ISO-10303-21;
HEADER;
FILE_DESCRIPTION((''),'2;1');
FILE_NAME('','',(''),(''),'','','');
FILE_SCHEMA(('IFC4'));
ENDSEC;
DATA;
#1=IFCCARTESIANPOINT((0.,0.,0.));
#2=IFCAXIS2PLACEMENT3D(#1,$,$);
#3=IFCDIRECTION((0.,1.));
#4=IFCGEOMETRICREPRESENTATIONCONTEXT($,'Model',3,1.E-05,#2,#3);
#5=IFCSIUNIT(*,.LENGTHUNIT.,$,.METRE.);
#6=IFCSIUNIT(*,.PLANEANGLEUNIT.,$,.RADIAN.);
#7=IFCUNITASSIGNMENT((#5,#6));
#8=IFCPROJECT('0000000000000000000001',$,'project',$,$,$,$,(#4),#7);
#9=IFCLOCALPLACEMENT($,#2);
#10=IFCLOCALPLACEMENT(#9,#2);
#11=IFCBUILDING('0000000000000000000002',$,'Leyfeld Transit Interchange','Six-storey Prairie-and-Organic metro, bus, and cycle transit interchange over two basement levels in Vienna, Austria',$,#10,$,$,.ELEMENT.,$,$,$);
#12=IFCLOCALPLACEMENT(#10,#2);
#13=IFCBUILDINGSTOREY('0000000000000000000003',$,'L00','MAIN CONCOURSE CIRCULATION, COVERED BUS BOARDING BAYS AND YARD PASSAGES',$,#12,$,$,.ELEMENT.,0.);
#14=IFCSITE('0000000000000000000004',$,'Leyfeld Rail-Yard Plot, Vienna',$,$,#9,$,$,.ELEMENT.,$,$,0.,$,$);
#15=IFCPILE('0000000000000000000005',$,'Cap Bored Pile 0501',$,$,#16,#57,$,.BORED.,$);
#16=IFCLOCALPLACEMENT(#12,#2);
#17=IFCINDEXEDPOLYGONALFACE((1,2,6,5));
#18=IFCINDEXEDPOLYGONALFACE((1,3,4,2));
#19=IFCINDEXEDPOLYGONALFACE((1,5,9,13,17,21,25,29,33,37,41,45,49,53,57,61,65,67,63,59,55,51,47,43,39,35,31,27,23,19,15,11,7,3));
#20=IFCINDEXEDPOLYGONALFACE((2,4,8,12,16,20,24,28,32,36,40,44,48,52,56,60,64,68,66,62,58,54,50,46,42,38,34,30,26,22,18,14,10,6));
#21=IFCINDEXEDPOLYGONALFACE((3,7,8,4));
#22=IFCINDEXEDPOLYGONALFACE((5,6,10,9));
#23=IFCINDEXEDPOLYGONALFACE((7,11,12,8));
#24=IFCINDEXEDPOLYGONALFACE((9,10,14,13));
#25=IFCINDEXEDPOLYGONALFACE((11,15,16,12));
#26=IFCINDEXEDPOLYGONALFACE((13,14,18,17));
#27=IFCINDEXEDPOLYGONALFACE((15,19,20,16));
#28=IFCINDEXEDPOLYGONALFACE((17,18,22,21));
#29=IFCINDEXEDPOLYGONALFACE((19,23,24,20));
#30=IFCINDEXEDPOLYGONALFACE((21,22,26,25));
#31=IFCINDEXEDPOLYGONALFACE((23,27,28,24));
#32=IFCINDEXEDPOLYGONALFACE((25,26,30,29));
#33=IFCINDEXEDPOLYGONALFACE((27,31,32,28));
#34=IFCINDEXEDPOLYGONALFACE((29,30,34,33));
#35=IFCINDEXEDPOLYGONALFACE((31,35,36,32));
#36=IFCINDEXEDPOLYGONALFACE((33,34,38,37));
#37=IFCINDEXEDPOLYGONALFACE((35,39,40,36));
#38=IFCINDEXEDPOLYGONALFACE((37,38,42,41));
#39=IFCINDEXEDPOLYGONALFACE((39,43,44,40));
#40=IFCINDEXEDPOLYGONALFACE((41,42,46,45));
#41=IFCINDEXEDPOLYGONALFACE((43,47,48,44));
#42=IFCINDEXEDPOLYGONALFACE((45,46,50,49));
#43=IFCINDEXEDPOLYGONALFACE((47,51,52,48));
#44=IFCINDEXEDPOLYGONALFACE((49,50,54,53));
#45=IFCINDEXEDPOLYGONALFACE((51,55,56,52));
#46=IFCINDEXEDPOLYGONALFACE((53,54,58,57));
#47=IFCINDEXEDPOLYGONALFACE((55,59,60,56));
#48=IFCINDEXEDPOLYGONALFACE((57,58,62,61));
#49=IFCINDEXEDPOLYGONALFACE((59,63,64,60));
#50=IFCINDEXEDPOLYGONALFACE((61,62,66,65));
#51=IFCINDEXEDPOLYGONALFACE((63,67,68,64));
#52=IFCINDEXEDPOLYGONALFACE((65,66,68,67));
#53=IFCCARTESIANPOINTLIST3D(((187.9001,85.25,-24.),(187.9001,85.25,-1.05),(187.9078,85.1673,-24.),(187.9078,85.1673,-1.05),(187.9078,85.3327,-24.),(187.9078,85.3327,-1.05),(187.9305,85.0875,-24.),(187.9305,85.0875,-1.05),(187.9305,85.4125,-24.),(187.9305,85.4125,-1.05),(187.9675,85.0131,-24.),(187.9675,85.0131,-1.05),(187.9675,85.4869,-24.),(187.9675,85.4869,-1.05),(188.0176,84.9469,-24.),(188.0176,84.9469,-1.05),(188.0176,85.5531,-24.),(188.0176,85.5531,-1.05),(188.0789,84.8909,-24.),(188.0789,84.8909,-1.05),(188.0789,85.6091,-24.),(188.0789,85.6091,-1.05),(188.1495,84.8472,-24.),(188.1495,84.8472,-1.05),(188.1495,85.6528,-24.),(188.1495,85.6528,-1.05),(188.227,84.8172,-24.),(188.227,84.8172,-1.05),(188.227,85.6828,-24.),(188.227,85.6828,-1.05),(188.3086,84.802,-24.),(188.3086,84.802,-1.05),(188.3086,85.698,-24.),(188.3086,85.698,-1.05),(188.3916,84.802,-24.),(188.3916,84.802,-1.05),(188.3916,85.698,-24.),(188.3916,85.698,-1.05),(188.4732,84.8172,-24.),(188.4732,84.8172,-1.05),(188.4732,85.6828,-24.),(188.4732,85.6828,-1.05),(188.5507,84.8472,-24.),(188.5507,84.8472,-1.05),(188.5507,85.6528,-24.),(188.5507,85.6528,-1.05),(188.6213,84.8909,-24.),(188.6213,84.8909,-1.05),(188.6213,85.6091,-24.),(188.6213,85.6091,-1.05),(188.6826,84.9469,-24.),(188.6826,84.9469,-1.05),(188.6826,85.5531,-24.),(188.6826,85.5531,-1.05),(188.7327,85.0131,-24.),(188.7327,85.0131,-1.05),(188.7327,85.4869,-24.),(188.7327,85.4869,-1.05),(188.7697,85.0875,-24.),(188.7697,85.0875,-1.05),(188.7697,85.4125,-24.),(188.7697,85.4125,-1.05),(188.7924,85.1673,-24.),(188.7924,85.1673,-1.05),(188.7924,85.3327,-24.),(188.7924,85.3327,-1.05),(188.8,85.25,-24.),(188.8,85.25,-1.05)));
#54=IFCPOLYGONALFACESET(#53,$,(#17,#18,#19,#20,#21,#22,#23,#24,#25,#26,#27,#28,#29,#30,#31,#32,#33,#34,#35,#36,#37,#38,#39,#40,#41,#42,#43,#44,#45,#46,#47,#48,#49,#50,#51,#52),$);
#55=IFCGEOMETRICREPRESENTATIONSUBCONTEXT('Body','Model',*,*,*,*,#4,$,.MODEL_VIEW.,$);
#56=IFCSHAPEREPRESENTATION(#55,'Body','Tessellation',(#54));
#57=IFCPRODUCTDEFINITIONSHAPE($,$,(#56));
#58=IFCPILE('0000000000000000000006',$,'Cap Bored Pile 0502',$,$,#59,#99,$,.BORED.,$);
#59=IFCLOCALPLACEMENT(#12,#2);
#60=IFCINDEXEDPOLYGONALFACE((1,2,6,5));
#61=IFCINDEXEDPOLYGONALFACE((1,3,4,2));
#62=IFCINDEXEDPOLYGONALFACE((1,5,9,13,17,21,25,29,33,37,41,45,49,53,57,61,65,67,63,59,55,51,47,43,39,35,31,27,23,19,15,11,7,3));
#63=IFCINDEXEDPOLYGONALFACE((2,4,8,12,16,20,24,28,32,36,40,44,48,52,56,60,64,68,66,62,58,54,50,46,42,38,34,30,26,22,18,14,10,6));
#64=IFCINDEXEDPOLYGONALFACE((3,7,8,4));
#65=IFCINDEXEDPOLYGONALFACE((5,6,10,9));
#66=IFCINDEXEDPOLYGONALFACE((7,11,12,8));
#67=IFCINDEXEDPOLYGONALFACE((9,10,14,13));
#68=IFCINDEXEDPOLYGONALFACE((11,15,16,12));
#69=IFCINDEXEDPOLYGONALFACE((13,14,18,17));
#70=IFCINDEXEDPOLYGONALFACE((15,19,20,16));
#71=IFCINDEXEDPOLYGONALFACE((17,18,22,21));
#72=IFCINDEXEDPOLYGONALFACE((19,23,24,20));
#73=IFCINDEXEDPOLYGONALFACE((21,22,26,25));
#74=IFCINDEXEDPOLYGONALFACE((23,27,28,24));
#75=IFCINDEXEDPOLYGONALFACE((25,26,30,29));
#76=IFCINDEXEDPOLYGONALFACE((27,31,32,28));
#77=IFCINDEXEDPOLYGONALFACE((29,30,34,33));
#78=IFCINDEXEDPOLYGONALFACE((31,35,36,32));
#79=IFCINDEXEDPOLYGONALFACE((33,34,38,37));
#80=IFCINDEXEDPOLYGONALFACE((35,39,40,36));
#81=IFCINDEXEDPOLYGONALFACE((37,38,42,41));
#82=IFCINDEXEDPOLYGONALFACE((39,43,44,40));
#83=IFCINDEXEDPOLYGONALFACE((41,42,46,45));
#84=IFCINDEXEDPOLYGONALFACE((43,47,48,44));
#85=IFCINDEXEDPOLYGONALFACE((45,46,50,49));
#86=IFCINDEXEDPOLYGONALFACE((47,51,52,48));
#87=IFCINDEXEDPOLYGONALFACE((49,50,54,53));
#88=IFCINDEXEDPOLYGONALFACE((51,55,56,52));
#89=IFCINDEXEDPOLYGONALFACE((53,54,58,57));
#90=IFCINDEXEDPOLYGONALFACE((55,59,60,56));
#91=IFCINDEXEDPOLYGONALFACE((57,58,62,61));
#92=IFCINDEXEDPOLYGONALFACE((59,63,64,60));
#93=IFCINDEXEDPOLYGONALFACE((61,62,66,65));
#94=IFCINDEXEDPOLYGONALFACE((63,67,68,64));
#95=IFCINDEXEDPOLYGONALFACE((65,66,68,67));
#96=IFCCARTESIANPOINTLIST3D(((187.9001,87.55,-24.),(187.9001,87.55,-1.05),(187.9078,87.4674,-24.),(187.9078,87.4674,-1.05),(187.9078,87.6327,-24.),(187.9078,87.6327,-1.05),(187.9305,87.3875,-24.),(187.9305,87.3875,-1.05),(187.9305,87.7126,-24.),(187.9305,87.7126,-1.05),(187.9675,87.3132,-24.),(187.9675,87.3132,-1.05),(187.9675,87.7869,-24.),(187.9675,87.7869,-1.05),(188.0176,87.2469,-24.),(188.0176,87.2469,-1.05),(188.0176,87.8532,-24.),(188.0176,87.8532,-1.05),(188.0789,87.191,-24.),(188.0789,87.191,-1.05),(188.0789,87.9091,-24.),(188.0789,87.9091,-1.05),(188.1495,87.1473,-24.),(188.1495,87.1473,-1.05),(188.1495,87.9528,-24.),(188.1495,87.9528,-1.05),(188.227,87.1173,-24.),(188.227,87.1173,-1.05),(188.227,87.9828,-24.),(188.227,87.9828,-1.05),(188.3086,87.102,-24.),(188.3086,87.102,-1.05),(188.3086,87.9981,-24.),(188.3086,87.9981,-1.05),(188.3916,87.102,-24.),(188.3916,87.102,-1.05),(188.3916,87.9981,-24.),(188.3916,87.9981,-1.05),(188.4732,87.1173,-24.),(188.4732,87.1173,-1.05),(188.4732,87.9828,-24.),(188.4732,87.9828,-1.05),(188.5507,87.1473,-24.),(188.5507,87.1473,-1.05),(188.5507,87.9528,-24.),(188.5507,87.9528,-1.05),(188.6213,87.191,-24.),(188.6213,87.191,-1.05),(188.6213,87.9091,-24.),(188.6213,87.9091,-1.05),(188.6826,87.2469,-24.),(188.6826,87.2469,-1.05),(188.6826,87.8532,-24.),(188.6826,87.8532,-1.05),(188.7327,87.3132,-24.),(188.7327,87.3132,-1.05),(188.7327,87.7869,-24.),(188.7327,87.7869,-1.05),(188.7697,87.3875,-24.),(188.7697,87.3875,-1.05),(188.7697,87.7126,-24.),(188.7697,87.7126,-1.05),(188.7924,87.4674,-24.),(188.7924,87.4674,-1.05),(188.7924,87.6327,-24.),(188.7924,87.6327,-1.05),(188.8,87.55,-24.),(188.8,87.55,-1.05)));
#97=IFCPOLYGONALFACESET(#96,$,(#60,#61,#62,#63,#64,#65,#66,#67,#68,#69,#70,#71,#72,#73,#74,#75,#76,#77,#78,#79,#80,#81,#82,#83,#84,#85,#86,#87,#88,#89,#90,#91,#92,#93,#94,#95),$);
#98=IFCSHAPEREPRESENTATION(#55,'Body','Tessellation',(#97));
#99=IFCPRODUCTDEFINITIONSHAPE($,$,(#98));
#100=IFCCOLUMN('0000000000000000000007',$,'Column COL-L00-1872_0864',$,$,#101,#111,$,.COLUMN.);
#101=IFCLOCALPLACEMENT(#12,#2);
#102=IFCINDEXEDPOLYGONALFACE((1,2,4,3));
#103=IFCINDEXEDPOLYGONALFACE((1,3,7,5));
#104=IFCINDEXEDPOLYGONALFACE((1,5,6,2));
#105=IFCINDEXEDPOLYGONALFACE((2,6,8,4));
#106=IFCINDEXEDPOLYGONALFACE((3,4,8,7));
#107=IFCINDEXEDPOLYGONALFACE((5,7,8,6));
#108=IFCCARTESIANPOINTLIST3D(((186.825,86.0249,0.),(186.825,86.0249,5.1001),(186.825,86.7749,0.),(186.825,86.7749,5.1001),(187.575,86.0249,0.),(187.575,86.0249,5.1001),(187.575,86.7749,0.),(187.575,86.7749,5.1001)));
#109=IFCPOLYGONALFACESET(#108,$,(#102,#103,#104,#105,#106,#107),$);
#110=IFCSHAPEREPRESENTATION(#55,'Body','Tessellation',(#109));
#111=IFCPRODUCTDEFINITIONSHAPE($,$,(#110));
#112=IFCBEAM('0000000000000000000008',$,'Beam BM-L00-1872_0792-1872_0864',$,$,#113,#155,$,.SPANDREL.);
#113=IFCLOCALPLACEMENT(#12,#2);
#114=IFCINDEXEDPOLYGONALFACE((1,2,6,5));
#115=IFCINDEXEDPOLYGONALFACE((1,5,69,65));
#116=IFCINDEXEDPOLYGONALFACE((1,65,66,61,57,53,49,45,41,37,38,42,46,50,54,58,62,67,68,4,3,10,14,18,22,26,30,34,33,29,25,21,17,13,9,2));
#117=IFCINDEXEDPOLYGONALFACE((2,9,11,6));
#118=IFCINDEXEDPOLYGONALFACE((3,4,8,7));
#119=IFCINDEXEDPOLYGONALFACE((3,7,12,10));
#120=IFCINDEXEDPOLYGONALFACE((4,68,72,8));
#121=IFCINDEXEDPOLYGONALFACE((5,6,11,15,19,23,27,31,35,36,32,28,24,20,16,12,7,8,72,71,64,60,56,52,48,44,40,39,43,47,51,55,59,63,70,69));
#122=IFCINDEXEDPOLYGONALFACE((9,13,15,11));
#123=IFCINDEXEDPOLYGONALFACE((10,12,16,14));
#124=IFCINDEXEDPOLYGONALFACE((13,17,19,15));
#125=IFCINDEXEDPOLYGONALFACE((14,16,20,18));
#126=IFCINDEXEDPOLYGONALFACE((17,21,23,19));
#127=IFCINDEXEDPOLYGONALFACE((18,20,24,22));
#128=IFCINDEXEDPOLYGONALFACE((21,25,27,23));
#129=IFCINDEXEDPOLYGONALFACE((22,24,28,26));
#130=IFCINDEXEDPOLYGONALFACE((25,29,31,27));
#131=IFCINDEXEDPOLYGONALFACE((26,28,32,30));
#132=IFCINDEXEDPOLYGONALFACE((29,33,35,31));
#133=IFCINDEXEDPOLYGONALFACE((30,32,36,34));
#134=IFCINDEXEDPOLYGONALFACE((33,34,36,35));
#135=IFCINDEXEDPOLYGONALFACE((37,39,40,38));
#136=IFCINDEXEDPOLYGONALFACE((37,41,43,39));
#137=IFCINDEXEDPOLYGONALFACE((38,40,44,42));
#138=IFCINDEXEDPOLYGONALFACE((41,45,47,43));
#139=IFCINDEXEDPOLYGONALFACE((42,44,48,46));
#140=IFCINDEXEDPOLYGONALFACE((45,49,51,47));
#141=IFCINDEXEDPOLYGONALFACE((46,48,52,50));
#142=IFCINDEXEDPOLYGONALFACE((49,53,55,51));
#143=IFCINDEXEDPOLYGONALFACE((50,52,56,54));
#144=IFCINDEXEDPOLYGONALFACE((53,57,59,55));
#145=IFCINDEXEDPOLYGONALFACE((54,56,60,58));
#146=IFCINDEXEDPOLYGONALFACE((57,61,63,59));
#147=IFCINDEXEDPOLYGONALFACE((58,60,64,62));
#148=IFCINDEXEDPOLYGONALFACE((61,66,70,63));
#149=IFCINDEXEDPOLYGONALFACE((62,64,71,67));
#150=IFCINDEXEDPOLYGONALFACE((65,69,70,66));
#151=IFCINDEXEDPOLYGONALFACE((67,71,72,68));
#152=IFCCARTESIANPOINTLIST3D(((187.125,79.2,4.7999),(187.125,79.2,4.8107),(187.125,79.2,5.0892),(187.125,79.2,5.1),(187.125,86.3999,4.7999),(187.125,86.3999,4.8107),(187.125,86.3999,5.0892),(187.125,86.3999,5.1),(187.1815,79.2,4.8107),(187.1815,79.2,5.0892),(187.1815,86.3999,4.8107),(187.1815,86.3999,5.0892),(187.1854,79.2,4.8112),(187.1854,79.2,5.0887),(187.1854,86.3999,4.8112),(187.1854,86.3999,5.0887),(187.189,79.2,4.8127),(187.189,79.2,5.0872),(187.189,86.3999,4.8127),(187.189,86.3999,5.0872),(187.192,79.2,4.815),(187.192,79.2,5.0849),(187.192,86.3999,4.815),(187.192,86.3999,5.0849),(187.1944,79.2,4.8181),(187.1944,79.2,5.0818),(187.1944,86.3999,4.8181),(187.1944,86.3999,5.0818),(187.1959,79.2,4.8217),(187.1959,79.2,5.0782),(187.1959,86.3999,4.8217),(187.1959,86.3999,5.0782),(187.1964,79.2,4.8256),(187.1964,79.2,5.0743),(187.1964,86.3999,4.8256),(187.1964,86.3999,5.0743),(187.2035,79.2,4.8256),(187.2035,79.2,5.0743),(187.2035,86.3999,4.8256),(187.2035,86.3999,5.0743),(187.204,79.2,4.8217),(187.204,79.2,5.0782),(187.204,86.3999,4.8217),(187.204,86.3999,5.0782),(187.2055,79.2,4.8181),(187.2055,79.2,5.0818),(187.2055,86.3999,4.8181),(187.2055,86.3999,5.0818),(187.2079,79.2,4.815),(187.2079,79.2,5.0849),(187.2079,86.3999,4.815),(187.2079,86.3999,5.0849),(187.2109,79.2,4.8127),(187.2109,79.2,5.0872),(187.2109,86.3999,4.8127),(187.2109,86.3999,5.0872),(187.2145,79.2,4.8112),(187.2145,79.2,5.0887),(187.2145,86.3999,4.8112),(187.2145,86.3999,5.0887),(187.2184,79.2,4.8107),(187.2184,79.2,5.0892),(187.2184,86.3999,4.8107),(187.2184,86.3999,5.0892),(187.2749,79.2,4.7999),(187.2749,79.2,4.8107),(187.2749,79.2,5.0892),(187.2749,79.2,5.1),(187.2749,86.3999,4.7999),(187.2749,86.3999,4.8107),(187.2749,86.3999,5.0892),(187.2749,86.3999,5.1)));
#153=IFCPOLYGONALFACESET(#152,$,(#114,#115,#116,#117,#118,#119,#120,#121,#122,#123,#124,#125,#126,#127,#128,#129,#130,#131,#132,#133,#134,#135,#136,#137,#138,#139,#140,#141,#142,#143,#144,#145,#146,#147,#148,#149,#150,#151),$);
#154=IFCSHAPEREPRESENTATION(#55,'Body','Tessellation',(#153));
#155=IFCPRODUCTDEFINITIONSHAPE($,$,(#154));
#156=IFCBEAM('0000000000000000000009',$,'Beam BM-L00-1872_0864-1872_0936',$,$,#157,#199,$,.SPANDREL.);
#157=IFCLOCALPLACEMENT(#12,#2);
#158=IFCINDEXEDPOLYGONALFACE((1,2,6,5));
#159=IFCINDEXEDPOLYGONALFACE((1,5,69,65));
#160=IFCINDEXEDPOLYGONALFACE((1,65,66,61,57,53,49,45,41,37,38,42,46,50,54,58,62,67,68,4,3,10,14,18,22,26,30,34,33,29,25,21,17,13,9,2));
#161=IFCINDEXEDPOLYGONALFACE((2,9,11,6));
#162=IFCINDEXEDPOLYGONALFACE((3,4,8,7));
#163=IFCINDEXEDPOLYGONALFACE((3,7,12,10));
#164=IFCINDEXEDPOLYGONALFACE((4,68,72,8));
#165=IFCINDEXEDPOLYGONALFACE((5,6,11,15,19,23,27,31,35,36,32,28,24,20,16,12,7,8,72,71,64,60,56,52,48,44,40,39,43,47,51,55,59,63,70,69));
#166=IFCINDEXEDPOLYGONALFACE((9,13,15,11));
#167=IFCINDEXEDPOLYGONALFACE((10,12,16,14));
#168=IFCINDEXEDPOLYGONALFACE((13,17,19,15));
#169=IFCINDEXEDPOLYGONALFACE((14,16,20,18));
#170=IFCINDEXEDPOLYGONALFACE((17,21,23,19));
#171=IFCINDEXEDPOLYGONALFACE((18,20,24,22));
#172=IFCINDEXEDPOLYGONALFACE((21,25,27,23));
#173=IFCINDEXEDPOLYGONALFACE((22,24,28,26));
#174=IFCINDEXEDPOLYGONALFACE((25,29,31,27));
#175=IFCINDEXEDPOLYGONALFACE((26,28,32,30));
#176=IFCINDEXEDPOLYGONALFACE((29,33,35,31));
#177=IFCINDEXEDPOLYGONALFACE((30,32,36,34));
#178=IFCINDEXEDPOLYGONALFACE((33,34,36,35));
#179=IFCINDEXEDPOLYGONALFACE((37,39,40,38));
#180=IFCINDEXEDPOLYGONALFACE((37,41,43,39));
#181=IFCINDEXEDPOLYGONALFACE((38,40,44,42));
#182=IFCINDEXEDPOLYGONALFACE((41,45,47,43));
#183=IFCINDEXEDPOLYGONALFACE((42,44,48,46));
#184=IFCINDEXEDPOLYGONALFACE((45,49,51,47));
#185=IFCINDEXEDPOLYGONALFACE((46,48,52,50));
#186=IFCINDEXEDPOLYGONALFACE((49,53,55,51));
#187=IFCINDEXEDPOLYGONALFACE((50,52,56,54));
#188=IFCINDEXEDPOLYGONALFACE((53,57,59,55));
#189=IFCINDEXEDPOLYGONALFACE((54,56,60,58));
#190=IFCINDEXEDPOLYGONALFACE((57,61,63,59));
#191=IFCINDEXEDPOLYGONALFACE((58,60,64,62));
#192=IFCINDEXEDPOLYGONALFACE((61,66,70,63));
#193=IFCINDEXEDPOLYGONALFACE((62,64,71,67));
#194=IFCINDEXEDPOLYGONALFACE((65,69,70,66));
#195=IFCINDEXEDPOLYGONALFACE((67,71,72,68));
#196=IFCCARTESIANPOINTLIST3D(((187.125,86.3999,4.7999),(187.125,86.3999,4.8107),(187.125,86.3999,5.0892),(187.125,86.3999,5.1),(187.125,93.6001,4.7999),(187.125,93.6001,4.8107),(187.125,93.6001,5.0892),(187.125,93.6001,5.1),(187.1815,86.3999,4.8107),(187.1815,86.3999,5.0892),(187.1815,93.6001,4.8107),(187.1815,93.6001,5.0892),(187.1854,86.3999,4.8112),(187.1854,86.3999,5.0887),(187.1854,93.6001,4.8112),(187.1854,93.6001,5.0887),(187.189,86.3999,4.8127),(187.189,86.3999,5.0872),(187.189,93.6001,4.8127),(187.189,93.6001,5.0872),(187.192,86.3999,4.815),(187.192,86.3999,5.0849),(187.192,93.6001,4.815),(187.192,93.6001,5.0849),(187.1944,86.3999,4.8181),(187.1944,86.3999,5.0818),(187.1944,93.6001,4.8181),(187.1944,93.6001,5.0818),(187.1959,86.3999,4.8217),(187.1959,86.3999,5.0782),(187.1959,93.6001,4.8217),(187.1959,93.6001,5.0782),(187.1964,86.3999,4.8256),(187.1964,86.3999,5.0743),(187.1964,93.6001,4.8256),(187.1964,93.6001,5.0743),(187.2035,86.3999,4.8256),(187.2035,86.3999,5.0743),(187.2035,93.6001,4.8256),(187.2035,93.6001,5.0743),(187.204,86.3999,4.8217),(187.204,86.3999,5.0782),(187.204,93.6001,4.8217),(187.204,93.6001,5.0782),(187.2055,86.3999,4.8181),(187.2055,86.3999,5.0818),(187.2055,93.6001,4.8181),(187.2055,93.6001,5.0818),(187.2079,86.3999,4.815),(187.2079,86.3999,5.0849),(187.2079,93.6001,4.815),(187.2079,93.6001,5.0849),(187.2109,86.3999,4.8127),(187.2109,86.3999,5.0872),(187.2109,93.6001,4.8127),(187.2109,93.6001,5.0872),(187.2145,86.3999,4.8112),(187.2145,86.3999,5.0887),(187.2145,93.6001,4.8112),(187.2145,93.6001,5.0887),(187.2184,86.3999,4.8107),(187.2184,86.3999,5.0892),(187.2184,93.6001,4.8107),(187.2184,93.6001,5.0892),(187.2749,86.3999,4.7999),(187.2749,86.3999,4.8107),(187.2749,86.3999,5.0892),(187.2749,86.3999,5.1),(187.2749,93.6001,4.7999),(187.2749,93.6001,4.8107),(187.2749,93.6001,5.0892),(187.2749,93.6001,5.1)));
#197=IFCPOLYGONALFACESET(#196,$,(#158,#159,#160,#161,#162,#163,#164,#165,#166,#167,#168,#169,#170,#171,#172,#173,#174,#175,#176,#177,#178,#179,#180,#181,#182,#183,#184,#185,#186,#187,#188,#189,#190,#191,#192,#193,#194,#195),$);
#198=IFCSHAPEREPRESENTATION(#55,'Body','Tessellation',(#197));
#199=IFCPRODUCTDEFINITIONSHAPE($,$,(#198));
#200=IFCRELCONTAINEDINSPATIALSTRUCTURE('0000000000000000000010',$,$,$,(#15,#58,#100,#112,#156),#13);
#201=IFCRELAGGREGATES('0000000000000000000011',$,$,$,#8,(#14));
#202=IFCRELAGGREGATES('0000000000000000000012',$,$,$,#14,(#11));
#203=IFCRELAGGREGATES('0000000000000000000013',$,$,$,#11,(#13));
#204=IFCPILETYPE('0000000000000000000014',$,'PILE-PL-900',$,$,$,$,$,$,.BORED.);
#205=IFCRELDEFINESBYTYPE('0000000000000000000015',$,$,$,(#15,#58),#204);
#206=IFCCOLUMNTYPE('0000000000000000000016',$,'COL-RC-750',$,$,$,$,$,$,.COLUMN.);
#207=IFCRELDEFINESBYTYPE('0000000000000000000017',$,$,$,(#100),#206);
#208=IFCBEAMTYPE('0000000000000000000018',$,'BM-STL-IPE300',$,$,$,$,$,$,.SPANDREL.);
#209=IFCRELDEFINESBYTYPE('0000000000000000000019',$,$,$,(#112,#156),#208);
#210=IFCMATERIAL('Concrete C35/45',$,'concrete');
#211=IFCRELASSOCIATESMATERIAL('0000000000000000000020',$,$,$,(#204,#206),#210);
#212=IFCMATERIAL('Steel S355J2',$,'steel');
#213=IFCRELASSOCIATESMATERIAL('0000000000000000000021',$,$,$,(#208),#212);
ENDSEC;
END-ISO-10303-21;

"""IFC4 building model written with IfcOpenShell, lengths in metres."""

from ifc_helpers import new_model, si_unit, direction, frame, origin, origin_2d, place, context, subcontext, project, spatial, rectangle, circle, i_section, extrude, material, material_profile, profile_set, type_object, element, save


model = new_model("IFC4")

# Units and contexts
model_context = context("Model", 3, precision=1e-05, world=origin(), true_north=direction((0.0, 1.0)))
body_context = subcontext(model_context, "Body", "Model", "MODEL_VIEW")
ifc_project = project(units=[si_unit("LENGTHUNIT", "METRE"), si_unit("PLANEANGLEUNIT", "RADIAN")], contexts=[model_context])

# Site, building, storey
site_placement = place(None, origin())
site = spatial("IfcSite", under=ifc_project, at=site_placement, Name="Leyfeld Rail-Yard Plot, Vienna", CompositionType="ELEMENT", RefElevation=0.0)
building_placement = place(site_placement, origin())
building = spatial("IfcBuilding", under=site, at=building_placement, Name="Leyfeld Transit Interchange", Description="Six-storey Prairie-and-Organic metro, bus, and cycle transit interchange over two basement levels in Vienna, Austria", CompositionType="ELEMENT")
storey_placement = place(building_placement, origin())
storey = spatial("IfcBuildingStorey", under=building, at=storey_placement, Name="L00", Description="MAIN CONCOURSE CIRCULATION, COVERED BUS BOARDING BAYS AND YARD PASSAGES", CompositionType="ELEMENT", Elevation=0.0)

# Shared definitions
ifc_material_1 = material(Name="Concrete C35/45", Category="concrete")

# Piles
ifc_material_profile_1 = material_profile(ifc_material_1, circle(Radius=0.45, at=origin_2d()), Name="PILE D900")
ifc_profile_set_1 = profile_set([ifc_material_profile_1], Name="Concrete C35/45")
pile_type = type_object("IfcPileType", Name="PILE-PL-900", PredefinedType="BORED", material=ifc_profile_set_1)
for number, where, z_axis, x_axis, name in (
    (1, (188.3501, 85.25, -1.05), (0.0, 0.0, -1.0), (1.0, 0.0, 0.0), "Cap Bored Pile 0501"),
    (2, (188.3501, 87.55, -1.05), (0.0, 0.0, -1.0), (1.0, 0.0, 0.0), "Cap Bored Pile 0502"),
):
    element("IfcPile", number, at=place(storey_placement, frame(where, z_axis=z_axis, x_axis=x_axis)), inside=storey, type_object=pile_type, Name=name, PredefinedType="BORED", context=body_context, shape_type="SweptSolid", body=[
        extrude(circle(Radius=0.45, at=origin_2d()), origin(), (0.0, 0.0, 1.0), 22.95),
    ])

# Column
ifc_material_profile_2 = material_profile(ifc_material_1, rectangle(XDim=0.75, YDim=0.75, at=origin_2d()), Name="RC 750x750")
ifc_profile_set_2 = profile_set([ifc_material_profile_2], Name="Concrete C35/45")
column_type = type_object("IfcColumnType", Name="COL-RC-750", PredefinedType="COLUMN", material=ifc_profile_set_2)
column_placement = place(storey_placement, frame((187.2, 86.3999, 0.0), z_axis=(0.0, 0.0, 1.0), x_axis=(1.0, 0.0, 0.0)))
element("IfcColumn", 3, at=column_placement, inside=storey, type_object=column_type, Name="Column COL-L00-1872_0864", PredefinedType="COLUMN", context=body_context, shape_type="SweptSolid", body=[
    extrude(rectangle(XDim=0.75, YDim=0.75, at=origin_2d()), origin(), (0.0, 0.0, 1.0), 5.1001),
])

# Beams
ifc_material_2 = material(Name="Steel S355J2", Category="steel")
ifc_material_profile_3 = material_profile(ifc_material_2, i_section(OverallWidth=0.1499, OverallDepth=0.3, WebThickness=0.0071, FlangeThickness=0.0107, FilletRadius=0.0149, at=origin_2d()), Name="IPE 300")
ifc_profile_set_3 = profile_set([ifc_material_profile_3], Name="Steel S355J2")
beam_type = type_object("IfcBeamType", Name="BM-STL-IPE300", PredefinedType="SPANDREL", material=ifc_profile_set_3)
beam_1_placement = place(storey_placement, frame((187.2, 79.2, 4.95), z_axis=(0.0, 1.0, 0.0), x_axis=(-1.0, 0.0, 0.0)))
element("IfcBeam", 4, at=beam_1_placement, inside=storey, type_object=beam_type, Name="Beam BM-L00-1872_0792-1872_0864", PredefinedType="SPANDREL", context=body_context, shape_type="SweptSolid", body=[
    extrude(i_section(OverallWidth=0.1499, OverallDepth=0.3, WebThickness=0.0071, FlangeThickness=0.0107, FilletRadius=0.0149, at=origin_2d()), origin(), (0.0, 0.0, 1.0), 7.2),
])
beam_2_placement = place(storey_placement, frame((187.2, 86.3999, 4.95), z_axis=(0.0, 1.0, 0.0), x_axis=(-1.0, 0.0, 0.0)))
element("IfcBeam", 5, at=beam_2_placement, inside=storey, type_object=beam_type, Name="Beam BM-L00-1872_0864-1872_0936", PredefinedType="SPANDREL", context=body_context, shape_type="SweptSolid", body=[
    extrude(i_section(OverallWidth=0.1499, OverallDepth=0.3, WebThickness=0.0071, FlangeThickness=0.0107, FilletRadius=0.0149, at=origin_2d()), origin(), (0.0, 0.0, 1.0), 7.2002),
])

save(model, "model.ifc")
